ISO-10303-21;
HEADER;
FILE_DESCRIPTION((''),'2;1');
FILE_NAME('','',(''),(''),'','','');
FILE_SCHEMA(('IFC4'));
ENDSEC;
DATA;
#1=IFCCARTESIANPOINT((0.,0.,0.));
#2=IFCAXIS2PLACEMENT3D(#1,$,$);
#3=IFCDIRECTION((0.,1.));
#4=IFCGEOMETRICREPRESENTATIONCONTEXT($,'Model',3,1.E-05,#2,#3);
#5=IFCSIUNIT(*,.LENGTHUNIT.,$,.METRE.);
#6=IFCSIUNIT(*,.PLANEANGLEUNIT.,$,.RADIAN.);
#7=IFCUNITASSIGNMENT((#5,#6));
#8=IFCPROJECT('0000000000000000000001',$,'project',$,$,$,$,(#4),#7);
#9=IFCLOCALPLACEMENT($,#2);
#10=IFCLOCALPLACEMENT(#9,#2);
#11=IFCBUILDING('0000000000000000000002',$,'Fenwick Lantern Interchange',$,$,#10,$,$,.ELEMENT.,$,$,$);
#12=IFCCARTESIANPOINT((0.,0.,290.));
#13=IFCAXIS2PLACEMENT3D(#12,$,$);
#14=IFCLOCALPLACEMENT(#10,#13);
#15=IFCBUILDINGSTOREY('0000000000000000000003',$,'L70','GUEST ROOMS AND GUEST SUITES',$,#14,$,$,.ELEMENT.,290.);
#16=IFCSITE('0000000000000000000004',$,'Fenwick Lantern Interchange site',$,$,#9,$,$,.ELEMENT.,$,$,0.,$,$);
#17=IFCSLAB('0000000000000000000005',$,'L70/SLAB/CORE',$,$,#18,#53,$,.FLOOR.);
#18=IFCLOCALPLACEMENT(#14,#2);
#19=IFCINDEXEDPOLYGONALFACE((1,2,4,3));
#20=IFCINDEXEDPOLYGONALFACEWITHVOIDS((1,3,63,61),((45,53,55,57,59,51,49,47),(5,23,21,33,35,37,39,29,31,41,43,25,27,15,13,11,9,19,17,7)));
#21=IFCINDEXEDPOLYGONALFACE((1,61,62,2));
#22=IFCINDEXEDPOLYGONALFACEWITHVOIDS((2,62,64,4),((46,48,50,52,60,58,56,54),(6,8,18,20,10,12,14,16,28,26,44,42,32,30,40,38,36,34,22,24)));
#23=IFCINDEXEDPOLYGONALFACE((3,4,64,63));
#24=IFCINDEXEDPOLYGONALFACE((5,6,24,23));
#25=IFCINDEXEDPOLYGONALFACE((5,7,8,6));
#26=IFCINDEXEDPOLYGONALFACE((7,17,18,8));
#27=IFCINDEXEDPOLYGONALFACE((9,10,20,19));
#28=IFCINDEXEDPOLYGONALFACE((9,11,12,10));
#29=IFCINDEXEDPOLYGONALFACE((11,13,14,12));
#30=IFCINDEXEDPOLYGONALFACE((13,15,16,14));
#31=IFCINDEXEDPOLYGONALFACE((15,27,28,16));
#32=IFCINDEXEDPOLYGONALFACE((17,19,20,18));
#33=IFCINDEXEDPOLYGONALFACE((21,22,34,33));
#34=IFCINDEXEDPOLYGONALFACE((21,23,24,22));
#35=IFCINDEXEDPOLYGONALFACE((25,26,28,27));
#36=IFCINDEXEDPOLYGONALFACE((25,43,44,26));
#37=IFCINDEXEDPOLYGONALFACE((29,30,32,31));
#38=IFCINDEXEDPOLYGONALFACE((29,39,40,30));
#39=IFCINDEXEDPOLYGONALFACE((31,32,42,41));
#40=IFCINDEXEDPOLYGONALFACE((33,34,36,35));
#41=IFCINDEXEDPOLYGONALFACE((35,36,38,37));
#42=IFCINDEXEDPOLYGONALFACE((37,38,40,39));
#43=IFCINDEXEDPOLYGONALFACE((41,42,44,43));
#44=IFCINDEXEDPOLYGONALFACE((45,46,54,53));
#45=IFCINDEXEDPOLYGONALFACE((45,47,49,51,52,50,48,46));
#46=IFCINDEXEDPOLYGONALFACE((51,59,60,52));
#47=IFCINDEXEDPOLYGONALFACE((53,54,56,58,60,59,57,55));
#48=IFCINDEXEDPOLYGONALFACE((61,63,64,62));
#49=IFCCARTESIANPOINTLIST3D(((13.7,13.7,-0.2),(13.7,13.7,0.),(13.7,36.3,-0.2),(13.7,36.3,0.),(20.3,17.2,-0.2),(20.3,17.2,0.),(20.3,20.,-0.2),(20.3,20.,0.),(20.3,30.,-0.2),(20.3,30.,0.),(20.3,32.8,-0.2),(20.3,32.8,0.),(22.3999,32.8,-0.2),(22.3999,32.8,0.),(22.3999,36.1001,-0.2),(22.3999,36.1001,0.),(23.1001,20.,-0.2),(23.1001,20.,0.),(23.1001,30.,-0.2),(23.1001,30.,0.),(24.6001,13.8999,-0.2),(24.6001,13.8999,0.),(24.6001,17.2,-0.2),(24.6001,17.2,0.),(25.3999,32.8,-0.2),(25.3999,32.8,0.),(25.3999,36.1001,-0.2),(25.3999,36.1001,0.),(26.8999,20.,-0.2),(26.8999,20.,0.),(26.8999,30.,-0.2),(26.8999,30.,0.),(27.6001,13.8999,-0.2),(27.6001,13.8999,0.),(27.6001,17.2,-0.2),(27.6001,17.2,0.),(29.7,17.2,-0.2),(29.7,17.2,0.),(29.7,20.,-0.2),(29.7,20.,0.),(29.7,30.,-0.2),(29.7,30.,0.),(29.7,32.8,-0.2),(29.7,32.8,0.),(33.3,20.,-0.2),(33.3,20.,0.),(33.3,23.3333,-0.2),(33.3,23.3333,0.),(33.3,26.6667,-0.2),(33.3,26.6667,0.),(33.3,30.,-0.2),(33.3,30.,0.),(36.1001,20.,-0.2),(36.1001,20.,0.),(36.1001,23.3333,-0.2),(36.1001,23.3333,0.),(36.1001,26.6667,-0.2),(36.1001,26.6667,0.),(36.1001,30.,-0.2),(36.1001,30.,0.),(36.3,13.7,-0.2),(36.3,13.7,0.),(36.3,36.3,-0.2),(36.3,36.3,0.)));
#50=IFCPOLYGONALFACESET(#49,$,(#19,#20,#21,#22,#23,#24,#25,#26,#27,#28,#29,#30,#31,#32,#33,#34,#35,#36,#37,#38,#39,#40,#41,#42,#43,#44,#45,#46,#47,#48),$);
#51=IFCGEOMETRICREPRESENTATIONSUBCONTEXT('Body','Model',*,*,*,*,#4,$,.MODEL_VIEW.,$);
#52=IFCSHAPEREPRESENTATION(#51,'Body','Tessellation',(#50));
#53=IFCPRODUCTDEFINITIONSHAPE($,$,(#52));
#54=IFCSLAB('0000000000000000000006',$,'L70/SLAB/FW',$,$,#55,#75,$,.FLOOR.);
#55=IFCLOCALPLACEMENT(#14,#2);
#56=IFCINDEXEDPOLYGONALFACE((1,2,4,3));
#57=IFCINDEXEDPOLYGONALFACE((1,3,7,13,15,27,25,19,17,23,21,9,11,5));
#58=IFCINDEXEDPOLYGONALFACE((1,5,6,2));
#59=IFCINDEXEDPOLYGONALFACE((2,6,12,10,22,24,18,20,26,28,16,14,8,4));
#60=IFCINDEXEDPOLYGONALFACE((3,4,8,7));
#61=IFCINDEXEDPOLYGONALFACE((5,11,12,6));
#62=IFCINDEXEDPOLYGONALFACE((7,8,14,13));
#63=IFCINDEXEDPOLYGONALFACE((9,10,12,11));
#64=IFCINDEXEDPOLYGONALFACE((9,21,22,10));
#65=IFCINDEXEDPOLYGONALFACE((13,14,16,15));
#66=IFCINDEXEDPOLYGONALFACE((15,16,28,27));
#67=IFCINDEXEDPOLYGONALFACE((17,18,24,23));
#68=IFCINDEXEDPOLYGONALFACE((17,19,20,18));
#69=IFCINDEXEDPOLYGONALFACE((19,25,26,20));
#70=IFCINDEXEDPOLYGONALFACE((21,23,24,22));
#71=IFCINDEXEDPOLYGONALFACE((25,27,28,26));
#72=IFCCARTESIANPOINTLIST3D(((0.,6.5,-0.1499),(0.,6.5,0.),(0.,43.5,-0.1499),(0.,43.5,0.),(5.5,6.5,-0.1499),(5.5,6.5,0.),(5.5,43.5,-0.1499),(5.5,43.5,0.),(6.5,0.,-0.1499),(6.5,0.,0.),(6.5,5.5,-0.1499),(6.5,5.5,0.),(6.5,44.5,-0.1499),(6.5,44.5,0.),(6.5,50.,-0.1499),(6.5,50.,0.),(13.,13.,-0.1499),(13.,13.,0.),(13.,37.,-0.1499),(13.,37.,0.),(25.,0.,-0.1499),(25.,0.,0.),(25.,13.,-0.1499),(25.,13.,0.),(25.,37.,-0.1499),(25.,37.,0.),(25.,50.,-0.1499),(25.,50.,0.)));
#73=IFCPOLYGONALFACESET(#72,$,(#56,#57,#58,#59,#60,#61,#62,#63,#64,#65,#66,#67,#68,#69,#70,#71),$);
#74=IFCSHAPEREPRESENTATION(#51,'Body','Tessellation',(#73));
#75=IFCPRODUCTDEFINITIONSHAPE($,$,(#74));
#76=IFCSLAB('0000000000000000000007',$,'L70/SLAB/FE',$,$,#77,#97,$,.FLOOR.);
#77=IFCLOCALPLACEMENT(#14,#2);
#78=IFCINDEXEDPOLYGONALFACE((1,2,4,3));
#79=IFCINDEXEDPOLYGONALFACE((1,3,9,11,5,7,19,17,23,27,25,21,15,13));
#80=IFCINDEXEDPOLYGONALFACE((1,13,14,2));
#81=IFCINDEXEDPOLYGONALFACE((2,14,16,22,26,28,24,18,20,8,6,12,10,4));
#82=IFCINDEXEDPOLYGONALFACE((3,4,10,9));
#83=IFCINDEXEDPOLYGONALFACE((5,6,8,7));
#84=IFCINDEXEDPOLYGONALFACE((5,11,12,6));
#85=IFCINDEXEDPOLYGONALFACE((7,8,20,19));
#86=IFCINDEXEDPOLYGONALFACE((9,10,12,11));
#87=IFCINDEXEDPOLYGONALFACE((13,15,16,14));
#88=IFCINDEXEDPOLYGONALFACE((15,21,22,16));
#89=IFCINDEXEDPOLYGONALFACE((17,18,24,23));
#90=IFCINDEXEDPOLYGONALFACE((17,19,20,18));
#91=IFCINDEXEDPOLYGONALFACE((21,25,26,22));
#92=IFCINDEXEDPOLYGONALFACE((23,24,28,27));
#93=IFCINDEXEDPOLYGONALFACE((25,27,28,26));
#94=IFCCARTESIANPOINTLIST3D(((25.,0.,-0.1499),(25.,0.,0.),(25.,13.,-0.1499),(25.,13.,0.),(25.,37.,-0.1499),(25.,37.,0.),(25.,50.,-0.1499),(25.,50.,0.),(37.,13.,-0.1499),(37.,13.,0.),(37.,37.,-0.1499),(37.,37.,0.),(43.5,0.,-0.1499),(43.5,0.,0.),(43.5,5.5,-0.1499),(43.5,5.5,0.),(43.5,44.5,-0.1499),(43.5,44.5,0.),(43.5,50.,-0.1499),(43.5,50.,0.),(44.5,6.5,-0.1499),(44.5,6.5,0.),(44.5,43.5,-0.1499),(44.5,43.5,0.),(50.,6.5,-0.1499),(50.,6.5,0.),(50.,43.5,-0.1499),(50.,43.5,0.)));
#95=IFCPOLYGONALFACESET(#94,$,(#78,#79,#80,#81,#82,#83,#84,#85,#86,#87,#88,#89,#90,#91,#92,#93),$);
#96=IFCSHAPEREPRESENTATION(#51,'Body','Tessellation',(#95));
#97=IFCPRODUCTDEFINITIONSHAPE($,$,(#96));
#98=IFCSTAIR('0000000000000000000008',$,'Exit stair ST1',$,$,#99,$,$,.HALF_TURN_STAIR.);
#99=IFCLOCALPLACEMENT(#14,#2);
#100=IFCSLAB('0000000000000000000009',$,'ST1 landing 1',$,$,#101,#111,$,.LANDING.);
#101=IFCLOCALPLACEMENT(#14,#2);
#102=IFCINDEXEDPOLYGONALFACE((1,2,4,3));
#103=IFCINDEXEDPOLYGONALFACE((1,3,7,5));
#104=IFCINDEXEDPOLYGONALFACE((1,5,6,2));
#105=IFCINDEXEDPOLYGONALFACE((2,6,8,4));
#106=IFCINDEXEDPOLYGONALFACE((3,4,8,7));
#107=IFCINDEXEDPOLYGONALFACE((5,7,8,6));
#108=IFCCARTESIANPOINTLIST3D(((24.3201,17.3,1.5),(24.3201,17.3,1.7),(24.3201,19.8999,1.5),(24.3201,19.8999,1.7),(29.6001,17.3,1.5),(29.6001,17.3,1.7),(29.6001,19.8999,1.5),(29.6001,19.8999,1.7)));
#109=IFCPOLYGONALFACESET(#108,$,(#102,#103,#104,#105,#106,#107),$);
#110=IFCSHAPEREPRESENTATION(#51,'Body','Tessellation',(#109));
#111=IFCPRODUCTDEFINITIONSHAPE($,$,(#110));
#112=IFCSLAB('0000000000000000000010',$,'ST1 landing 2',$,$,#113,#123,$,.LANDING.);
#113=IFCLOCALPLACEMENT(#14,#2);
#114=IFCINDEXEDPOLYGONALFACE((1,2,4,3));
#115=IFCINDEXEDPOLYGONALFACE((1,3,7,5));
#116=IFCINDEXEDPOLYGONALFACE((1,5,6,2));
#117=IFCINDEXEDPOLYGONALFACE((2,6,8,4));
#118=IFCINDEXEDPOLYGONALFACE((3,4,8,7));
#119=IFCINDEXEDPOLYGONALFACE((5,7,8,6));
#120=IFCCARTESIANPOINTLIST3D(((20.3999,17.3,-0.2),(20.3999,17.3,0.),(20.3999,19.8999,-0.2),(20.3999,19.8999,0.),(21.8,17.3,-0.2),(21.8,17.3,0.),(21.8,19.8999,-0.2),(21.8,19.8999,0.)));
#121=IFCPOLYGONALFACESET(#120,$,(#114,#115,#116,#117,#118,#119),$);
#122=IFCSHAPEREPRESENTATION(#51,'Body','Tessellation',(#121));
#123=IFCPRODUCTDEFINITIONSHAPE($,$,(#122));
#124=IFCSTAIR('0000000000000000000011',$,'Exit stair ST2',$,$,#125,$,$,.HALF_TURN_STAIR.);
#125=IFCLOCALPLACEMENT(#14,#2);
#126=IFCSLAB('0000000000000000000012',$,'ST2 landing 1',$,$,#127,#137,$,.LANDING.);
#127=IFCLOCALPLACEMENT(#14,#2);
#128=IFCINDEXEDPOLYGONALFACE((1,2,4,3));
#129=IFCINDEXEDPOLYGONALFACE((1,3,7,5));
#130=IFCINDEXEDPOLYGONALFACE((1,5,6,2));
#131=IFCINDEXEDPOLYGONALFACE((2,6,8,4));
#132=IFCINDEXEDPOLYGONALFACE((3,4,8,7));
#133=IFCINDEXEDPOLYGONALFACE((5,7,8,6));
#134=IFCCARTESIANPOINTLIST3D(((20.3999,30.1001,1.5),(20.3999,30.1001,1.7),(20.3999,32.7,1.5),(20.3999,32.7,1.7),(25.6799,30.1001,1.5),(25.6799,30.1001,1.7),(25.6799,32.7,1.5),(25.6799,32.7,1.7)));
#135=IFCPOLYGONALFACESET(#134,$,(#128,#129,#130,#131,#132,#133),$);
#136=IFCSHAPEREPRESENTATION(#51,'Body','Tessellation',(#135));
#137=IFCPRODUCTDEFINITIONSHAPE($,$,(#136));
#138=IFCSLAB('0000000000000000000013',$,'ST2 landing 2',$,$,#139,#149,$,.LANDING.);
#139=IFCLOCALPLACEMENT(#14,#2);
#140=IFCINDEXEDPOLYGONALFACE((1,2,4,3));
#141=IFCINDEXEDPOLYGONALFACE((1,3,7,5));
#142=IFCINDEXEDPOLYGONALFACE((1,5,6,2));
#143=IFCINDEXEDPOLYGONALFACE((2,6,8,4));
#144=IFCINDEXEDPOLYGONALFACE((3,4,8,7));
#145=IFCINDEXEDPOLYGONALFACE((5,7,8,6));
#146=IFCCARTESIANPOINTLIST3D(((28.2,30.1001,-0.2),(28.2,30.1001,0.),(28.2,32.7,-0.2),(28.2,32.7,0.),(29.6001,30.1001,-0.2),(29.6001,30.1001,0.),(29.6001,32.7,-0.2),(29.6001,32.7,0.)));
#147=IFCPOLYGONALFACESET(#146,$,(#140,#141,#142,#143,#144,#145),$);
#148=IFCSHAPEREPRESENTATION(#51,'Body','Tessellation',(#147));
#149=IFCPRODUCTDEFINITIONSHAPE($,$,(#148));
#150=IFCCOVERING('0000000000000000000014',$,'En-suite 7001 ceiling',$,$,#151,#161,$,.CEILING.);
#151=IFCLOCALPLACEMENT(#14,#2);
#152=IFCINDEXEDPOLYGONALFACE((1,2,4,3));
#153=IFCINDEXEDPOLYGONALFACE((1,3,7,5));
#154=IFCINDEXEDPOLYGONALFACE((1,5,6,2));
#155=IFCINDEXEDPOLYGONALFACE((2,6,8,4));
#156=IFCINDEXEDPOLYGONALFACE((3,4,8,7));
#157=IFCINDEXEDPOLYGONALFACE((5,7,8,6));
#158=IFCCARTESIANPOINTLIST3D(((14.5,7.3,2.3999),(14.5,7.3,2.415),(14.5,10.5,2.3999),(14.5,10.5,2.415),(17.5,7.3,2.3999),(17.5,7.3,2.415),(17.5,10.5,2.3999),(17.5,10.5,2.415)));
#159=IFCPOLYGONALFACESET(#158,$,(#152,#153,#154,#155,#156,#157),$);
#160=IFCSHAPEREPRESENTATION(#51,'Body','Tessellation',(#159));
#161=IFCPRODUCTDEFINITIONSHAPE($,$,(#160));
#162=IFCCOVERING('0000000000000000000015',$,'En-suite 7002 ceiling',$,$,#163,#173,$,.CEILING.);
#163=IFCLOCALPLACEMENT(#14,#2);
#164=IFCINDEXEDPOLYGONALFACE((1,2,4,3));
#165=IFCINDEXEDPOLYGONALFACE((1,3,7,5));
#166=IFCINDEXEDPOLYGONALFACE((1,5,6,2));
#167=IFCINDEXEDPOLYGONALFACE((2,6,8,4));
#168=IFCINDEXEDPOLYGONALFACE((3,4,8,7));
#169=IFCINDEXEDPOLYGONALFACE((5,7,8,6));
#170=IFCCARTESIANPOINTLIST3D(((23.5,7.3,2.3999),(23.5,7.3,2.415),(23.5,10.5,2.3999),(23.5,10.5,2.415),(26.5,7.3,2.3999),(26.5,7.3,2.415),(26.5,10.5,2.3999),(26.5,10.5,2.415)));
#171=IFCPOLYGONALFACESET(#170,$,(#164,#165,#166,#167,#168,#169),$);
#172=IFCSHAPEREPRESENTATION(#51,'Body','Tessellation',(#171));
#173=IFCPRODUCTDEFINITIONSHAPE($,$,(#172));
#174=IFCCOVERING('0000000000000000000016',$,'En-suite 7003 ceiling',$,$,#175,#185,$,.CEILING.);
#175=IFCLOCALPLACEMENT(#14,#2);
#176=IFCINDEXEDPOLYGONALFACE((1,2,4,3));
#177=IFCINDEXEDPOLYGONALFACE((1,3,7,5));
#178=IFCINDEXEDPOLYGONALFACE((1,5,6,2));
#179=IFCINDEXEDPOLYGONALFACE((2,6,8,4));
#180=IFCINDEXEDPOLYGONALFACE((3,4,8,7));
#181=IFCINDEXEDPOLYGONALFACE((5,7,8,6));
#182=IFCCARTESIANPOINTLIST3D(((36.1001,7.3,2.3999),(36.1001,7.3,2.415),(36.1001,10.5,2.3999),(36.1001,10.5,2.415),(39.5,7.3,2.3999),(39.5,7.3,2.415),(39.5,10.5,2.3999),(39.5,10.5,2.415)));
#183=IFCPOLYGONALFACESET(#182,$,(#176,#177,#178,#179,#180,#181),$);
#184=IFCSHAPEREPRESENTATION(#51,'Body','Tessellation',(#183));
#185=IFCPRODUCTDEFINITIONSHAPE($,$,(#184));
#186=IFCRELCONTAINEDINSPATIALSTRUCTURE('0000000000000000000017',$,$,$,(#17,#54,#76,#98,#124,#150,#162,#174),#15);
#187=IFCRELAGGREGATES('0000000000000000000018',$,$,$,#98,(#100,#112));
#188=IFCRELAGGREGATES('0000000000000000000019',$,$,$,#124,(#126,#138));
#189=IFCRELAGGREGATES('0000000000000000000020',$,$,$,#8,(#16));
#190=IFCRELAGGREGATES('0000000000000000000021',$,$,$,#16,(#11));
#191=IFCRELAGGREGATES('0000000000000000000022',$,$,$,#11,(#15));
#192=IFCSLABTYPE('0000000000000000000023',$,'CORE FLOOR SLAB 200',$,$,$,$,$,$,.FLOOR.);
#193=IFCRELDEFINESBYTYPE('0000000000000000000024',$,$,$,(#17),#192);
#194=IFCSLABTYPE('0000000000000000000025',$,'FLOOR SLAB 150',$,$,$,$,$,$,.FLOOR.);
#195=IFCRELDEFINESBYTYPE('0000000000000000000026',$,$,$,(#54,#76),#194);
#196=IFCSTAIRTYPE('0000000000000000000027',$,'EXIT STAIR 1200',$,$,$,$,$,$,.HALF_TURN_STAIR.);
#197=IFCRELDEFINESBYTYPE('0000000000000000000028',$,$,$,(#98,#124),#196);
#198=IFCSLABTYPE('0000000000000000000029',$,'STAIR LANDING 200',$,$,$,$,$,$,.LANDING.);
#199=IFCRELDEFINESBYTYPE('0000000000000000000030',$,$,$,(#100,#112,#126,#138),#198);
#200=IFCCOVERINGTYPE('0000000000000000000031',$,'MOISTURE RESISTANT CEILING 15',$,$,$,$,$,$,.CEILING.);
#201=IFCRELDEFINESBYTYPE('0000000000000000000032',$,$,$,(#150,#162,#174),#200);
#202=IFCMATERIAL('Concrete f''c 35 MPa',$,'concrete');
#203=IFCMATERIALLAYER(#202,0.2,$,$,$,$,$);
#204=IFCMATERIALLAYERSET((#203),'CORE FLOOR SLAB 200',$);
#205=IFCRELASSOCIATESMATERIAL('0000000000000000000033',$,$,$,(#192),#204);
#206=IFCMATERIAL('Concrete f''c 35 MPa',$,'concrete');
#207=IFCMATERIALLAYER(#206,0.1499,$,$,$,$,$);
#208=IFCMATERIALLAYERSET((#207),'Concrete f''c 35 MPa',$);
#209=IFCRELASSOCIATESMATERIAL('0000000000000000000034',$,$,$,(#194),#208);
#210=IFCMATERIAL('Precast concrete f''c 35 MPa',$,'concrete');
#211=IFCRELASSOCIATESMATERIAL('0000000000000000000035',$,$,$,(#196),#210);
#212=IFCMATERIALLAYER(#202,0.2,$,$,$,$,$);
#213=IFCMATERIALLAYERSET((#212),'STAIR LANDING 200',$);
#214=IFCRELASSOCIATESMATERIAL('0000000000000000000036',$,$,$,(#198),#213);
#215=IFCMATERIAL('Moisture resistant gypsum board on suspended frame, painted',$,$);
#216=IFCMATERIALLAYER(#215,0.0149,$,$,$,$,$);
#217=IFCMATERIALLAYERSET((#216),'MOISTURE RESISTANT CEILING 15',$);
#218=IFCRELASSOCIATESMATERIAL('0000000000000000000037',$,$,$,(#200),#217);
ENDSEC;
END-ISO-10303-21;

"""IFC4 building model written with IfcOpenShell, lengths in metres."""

from ifc_helpers import new_model, si_unit, direction, frame, origin, place, context, subcontext, project, spatial, polyline, outline, extrude, material, layer, layer_set, type_object, element, aggregate, save


model = new_model("IFC4")

# Units and contexts
model_context = context("Model", 3, precision=1e-05, world=origin(), true_north=direction((0.0, 1.0)))
body_context = subcontext(model_context, "Body", "Model", "MODEL_VIEW")
ifc_project = project(units=[si_unit("LENGTHUNIT", "METRE"), si_unit("PLANEANGLEUNIT", "RADIAN")], contexts=[model_context])

# Site, building, storey
site_placement = place(None, origin())
site = spatial("IfcSite", under=ifc_project, at=site_placement, Name="Fenwick Lantern Interchange site", CompositionType="ELEMENT", RefElevation=0.0)
building_placement = place(site_placement, origin())
building = spatial("IfcBuilding", under=site, at=building_placement, Name="Fenwick Lantern Interchange", CompositionType="ELEMENT")
storey_placement = place(building_placement, frame((0.0, 0.0, 290.0)))
storey = spatial("IfcBuildingStorey", under=building, at=storey_placement, Name="L70", Description="GUEST ROOMS AND GUEST SUITES", CompositionType="ELEMENT", Elevation=290.0)

# Slabs
ifc_material_1 = material(Name="Concrete f'c 35 MPa", Category="concrete")
ifc_layer_1 = layer(ifc_material_1, 0.2)
ifc_layer_set_1 = layer_set([ifc_layer_1], Name="CORE FLOOR SLAB 200")
slab_type_1 = type_object("IfcSlabType", Name="CORE FLOOR SLAB 200", PredefinedType="FLOOR", material=ifc_layer_set_1)
slab_1_placement = place(storey_placement, frame((0.0, 0.0, -0.2)))
element("IfcSlab", 1, at=slab_1_placement, inside=storey, type_object=slab_type_1, Name="L70/SLAB/CORE", PredefinedType="FLOOR", context=body_context, shape_type="SweptSolid", body=[
    extrude(outline(polyline([(13.7, 36.3), (36.3, 36.3), (36.3, 13.7), (13.7, 13.7), (13.7, 36.3)]), holes=[polyline([(24.6001, 13.8999), (27.6001, 13.8999), (27.6001, 17.2), (29.7, 17.2), (29.7, 20.0), (26.8999, 20.0), (26.8999, 30.0), (29.7, 30.0), (29.7, 32.8), (25.3999, 32.8), (25.3999, 36.1001), (22.3999, 36.1001), (22.3999, 32.8), (20.3, 32.8), (20.3, 30.0), (23.1001, 30.0), (23.1001, 20.0), (20.3, 20.0), (20.3, 17.2), (24.6001, 17.2), (24.6001, 13.8999)]), polyline([(33.3, 20.0), (36.1001, 20.0), (36.1001, 23.3333), (36.1001, 26.6667), (36.1001, 30.0), (33.3, 30.0), (33.3, 26.6667), (33.3, 23.3333), (33.3, 20.0)])]), origin(), (0.0, 0.0, 1.0), 0.2),
])
ifc_material_2 = material(Name="Concrete f'c 35 MPa", Category="concrete")
ifc_layer_2 = layer(ifc_material_2, 0.1499)
ifc_layer_set_2 = layer_set([ifc_layer_2], Name="Concrete f'c 35 MPa")
slab_type_2 = type_object("IfcSlabType", Name="FLOOR SLAB 150", PredefinedType="FLOOR", material=ifc_layer_set_2)
slab_2_placement = place(storey_placement, frame((0.0, 0.0, -0.1499)))
element("IfcSlab", 2, at=slab_2_placement, inside=storey, type_object=slab_type_2, Name="L70/SLAB/FW", PredefinedType="FLOOR", context=body_context, shape_type="SweptSolid", body=[
    extrude(outline(polyline([(6.5, 0.0), (6.5, 5.5), (5.5, 6.5), (0.0, 6.5), (0.0, 43.5), (5.5, 43.5), (6.5, 44.5), (6.5, 50.0), (25.0, 50.0), (25.0, 37.0), (13.0, 37.0), (13.0, 13.0), (25.0, 13.0), (25.0, 0.0), (6.5, 0.0)])), origin(), (0.0, 0.0, 1.0), 0.1499),
])
slab_3_placement = place(storey_placement, frame((0.0, 0.0, -0.1499)))
element("IfcSlab", 3, at=slab_3_placement, inside=storey, type_object=slab_type_2, Name="L70/SLAB/FE", PredefinedType="FLOOR", context=body_context, shape_type="SweptSolid", body=[
    extrude(outline(polyline([(43.5, 50.0), (43.5, 44.5), (44.5, 43.5), (50.0, 43.5), (50.0, 6.5), (44.5, 6.5), (43.5, 5.5), (43.5, 0.0), (25.0, 0.0), (25.0, 13.0), (37.0, 13.0), (37.0, 37.0), (25.0, 37.0), (25.0, 50.0), (43.5, 50.0)])), origin(), (0.0, 0.0, 1.0), 0.1499),
])

# Stairs, slabs
ifc_material_3 = material(Name="Precast concrete f'c 35 MPa", Category="concrete")
stair_type = type_object("IfcStairType", Name="EXIT STAIR 1200", PredefinedType="HALF_TURN_STAIR", material=ifc_material_3)
stair_1_placement = place(storey_placement, origin())
stair_1 = element("IfcStair", 4, at=stair_1_placement, inside=storey, type_object=stair_type, Name="Exit stair ST1", PredefinedType="HALF_TURN_STAIR")
ifc_layer_3 = layer(ifc_material_1, 0.2)
ifc_layer_set_3 = layer_set([ifc_layer_3], Name="STAIR LANDING 200")
slab_type_3 = type_object("IfcSlabType", Name="STAIR LANDING 200", PredefinedType="LANDING", material=ifc_layer_set_3)
slab_4_placement = place(storey_placement, frame((0.0, 0.0, 1.5)))
slab_4 = element("IfcSlab", 5, at=slab_4_placement, type_object=slab_type_3, Name="ST1 landing 1", PredefinedType="LANDING", context=body_context, shape_type="SweptSolid", body=[
    extrude(outline(polyline([(24.3201, 17.3), (29.6001, 17.3), (29.6001, 19.8999), (24.3201, 19.8999), (24.3201, 17.3)])), origin(), (0.0, 0.0, 1.0), 0.2),
])
slab_5_placement = place(storey_placement, frame((0.0, 0.0, -0.2)))
slab_5 = element("IfcSlab", 6, at=slab_5_placement, type_object=slab_type_3, Name="ST1 landing 2", PredefinedType="LANDING", context=body_context, shape_type="SweptSolid", body=[
    extrude(outline(polyline([(20.3999, 17.3), (21.8, 17.3), (21.8, 19.8999), (20.3999, 19.8999), (20.3999, 17.3)])), origin(), (0.0, 0.0, 1.0), 0.2),
])
aggregate(stair_1, [slab_4, slab_5])
stair_2_placement = place(storey_placement, origin())
stair_2 = element("IfcStair", 7, at=stair_2_placement, inside=storey, type_object=stair_type, Name="Exit stair ST2", PredefinedType="HALF_TURN_STAIR")
slab_6_placement = place(storey_placement, frame((0.0, 0.0, 1.5)))
slab_6 = element("IfcSlab", 8, at=slab_6_placement, type_object=slab_type_3, Name="ST2 landing 1", PredefinedType="LANDING", context=body_context, shape_type="SweptSolid", body=[
    extrude(outline(polyline([(25.6799, 32.7), (20.3999, 32.7), (20.3999, 30.1001), (25.6799, 30.1001), (25.6799, 32.7)])), origin(), (0.0, 0.0, 1.0), 0.2),
])
slab_7_placement = place(storey_placement, frame((0.0, 0.0, -0.2)))
slab_7 = element("IfcSlab", 9, at=slab_7_placement, type_object=slab_type_3, Name="ST2 landing 2", PredefinedType="LANDING", context=body_context, shape_type="SweptSolid", body=[
    extrude(outline(polyline([(29.6001, 32.7), (28.2, 32.7), (28.2, 30.1001), (29.6001, 30.1001), (29.6001, 32.7)])), origin(), (0.0, 0.0, 1.0), 0.2),
])
aggregate(stair_2, [slab_6, slab_7])

# Coverings
ifc_material_4 = material(Name="Moisture resistant gypsum board on suspended frame, painted")
ifc_layer_4 = layer(ifc_material_4, 0.0149)
ifc_layer_set_4 = layer_set([ifc_layer_4], Name="MOISTURE RESISTANT CEILING 15")
covering_type_1 = type_object("IfcCoveringType", Name="MOISTURE RESISTANT CEILING 15", PredefinedType="CEILING", material=ifc_layer_set_4)
covering_1_placement = place(storey_placement, frame((0.0, 0.0, 2.3999)))
element("IfcCovering", 10, at=covering_1_placement, inside=storey, type_object=covering_type_1, Name="En-suite 7001 ceiling", PredefinedType="CEILING", context=body_context, shape_type="SweptSolid", body=[
    extrude(outline(polyline([(14.5, 7.3), (17.5, 7.3), (17.5, 10.5), (14.5, 10.5), (14.5, 7.3)])), origin(), (0.0, 0.0, 1.0), 0.0151),
])
covering_2_placement = place(storey_placement, frame((0.0, 0.0, 2.3999)))
element("IfcCovering", 11, at=covering_2_placement, inside=storey, type_object=covering_type_1, Name="En-suite 7002 ceiling", PredefinedType="CEILING", context=body_context, shape_type="SweptSolid", body=[
    extrude(outline(polyline([(23.5, 7.3), (26.5, 7.3), (26.5, 10.5), (23.5, 10.5), (23.5, 7.3)])), origin(), (0.0, 0.0, 1.0), 0.0151),
])
covering_3_placement = place(storey_placement, frame((0.0, 0.0, 2.3999)))
element("IfcCovering", 12, at=covering_3_placement, inside=storey, type_object=covering_type_1, Name="En-suite 7003 ceiling", PredefinedType="CEILING", context=body_context, shape_type="SweptSolid", body=[
    extrude(outline(polyline([(36.1001, 7.3), (39.5, 7.3), (39.5, 10.5), (36.1001, 10.5), (36.1001, 7.3)])), origin(), (0.0, 0.0, 1.0), 0.0151),
])

save(model, "model.ifc")
